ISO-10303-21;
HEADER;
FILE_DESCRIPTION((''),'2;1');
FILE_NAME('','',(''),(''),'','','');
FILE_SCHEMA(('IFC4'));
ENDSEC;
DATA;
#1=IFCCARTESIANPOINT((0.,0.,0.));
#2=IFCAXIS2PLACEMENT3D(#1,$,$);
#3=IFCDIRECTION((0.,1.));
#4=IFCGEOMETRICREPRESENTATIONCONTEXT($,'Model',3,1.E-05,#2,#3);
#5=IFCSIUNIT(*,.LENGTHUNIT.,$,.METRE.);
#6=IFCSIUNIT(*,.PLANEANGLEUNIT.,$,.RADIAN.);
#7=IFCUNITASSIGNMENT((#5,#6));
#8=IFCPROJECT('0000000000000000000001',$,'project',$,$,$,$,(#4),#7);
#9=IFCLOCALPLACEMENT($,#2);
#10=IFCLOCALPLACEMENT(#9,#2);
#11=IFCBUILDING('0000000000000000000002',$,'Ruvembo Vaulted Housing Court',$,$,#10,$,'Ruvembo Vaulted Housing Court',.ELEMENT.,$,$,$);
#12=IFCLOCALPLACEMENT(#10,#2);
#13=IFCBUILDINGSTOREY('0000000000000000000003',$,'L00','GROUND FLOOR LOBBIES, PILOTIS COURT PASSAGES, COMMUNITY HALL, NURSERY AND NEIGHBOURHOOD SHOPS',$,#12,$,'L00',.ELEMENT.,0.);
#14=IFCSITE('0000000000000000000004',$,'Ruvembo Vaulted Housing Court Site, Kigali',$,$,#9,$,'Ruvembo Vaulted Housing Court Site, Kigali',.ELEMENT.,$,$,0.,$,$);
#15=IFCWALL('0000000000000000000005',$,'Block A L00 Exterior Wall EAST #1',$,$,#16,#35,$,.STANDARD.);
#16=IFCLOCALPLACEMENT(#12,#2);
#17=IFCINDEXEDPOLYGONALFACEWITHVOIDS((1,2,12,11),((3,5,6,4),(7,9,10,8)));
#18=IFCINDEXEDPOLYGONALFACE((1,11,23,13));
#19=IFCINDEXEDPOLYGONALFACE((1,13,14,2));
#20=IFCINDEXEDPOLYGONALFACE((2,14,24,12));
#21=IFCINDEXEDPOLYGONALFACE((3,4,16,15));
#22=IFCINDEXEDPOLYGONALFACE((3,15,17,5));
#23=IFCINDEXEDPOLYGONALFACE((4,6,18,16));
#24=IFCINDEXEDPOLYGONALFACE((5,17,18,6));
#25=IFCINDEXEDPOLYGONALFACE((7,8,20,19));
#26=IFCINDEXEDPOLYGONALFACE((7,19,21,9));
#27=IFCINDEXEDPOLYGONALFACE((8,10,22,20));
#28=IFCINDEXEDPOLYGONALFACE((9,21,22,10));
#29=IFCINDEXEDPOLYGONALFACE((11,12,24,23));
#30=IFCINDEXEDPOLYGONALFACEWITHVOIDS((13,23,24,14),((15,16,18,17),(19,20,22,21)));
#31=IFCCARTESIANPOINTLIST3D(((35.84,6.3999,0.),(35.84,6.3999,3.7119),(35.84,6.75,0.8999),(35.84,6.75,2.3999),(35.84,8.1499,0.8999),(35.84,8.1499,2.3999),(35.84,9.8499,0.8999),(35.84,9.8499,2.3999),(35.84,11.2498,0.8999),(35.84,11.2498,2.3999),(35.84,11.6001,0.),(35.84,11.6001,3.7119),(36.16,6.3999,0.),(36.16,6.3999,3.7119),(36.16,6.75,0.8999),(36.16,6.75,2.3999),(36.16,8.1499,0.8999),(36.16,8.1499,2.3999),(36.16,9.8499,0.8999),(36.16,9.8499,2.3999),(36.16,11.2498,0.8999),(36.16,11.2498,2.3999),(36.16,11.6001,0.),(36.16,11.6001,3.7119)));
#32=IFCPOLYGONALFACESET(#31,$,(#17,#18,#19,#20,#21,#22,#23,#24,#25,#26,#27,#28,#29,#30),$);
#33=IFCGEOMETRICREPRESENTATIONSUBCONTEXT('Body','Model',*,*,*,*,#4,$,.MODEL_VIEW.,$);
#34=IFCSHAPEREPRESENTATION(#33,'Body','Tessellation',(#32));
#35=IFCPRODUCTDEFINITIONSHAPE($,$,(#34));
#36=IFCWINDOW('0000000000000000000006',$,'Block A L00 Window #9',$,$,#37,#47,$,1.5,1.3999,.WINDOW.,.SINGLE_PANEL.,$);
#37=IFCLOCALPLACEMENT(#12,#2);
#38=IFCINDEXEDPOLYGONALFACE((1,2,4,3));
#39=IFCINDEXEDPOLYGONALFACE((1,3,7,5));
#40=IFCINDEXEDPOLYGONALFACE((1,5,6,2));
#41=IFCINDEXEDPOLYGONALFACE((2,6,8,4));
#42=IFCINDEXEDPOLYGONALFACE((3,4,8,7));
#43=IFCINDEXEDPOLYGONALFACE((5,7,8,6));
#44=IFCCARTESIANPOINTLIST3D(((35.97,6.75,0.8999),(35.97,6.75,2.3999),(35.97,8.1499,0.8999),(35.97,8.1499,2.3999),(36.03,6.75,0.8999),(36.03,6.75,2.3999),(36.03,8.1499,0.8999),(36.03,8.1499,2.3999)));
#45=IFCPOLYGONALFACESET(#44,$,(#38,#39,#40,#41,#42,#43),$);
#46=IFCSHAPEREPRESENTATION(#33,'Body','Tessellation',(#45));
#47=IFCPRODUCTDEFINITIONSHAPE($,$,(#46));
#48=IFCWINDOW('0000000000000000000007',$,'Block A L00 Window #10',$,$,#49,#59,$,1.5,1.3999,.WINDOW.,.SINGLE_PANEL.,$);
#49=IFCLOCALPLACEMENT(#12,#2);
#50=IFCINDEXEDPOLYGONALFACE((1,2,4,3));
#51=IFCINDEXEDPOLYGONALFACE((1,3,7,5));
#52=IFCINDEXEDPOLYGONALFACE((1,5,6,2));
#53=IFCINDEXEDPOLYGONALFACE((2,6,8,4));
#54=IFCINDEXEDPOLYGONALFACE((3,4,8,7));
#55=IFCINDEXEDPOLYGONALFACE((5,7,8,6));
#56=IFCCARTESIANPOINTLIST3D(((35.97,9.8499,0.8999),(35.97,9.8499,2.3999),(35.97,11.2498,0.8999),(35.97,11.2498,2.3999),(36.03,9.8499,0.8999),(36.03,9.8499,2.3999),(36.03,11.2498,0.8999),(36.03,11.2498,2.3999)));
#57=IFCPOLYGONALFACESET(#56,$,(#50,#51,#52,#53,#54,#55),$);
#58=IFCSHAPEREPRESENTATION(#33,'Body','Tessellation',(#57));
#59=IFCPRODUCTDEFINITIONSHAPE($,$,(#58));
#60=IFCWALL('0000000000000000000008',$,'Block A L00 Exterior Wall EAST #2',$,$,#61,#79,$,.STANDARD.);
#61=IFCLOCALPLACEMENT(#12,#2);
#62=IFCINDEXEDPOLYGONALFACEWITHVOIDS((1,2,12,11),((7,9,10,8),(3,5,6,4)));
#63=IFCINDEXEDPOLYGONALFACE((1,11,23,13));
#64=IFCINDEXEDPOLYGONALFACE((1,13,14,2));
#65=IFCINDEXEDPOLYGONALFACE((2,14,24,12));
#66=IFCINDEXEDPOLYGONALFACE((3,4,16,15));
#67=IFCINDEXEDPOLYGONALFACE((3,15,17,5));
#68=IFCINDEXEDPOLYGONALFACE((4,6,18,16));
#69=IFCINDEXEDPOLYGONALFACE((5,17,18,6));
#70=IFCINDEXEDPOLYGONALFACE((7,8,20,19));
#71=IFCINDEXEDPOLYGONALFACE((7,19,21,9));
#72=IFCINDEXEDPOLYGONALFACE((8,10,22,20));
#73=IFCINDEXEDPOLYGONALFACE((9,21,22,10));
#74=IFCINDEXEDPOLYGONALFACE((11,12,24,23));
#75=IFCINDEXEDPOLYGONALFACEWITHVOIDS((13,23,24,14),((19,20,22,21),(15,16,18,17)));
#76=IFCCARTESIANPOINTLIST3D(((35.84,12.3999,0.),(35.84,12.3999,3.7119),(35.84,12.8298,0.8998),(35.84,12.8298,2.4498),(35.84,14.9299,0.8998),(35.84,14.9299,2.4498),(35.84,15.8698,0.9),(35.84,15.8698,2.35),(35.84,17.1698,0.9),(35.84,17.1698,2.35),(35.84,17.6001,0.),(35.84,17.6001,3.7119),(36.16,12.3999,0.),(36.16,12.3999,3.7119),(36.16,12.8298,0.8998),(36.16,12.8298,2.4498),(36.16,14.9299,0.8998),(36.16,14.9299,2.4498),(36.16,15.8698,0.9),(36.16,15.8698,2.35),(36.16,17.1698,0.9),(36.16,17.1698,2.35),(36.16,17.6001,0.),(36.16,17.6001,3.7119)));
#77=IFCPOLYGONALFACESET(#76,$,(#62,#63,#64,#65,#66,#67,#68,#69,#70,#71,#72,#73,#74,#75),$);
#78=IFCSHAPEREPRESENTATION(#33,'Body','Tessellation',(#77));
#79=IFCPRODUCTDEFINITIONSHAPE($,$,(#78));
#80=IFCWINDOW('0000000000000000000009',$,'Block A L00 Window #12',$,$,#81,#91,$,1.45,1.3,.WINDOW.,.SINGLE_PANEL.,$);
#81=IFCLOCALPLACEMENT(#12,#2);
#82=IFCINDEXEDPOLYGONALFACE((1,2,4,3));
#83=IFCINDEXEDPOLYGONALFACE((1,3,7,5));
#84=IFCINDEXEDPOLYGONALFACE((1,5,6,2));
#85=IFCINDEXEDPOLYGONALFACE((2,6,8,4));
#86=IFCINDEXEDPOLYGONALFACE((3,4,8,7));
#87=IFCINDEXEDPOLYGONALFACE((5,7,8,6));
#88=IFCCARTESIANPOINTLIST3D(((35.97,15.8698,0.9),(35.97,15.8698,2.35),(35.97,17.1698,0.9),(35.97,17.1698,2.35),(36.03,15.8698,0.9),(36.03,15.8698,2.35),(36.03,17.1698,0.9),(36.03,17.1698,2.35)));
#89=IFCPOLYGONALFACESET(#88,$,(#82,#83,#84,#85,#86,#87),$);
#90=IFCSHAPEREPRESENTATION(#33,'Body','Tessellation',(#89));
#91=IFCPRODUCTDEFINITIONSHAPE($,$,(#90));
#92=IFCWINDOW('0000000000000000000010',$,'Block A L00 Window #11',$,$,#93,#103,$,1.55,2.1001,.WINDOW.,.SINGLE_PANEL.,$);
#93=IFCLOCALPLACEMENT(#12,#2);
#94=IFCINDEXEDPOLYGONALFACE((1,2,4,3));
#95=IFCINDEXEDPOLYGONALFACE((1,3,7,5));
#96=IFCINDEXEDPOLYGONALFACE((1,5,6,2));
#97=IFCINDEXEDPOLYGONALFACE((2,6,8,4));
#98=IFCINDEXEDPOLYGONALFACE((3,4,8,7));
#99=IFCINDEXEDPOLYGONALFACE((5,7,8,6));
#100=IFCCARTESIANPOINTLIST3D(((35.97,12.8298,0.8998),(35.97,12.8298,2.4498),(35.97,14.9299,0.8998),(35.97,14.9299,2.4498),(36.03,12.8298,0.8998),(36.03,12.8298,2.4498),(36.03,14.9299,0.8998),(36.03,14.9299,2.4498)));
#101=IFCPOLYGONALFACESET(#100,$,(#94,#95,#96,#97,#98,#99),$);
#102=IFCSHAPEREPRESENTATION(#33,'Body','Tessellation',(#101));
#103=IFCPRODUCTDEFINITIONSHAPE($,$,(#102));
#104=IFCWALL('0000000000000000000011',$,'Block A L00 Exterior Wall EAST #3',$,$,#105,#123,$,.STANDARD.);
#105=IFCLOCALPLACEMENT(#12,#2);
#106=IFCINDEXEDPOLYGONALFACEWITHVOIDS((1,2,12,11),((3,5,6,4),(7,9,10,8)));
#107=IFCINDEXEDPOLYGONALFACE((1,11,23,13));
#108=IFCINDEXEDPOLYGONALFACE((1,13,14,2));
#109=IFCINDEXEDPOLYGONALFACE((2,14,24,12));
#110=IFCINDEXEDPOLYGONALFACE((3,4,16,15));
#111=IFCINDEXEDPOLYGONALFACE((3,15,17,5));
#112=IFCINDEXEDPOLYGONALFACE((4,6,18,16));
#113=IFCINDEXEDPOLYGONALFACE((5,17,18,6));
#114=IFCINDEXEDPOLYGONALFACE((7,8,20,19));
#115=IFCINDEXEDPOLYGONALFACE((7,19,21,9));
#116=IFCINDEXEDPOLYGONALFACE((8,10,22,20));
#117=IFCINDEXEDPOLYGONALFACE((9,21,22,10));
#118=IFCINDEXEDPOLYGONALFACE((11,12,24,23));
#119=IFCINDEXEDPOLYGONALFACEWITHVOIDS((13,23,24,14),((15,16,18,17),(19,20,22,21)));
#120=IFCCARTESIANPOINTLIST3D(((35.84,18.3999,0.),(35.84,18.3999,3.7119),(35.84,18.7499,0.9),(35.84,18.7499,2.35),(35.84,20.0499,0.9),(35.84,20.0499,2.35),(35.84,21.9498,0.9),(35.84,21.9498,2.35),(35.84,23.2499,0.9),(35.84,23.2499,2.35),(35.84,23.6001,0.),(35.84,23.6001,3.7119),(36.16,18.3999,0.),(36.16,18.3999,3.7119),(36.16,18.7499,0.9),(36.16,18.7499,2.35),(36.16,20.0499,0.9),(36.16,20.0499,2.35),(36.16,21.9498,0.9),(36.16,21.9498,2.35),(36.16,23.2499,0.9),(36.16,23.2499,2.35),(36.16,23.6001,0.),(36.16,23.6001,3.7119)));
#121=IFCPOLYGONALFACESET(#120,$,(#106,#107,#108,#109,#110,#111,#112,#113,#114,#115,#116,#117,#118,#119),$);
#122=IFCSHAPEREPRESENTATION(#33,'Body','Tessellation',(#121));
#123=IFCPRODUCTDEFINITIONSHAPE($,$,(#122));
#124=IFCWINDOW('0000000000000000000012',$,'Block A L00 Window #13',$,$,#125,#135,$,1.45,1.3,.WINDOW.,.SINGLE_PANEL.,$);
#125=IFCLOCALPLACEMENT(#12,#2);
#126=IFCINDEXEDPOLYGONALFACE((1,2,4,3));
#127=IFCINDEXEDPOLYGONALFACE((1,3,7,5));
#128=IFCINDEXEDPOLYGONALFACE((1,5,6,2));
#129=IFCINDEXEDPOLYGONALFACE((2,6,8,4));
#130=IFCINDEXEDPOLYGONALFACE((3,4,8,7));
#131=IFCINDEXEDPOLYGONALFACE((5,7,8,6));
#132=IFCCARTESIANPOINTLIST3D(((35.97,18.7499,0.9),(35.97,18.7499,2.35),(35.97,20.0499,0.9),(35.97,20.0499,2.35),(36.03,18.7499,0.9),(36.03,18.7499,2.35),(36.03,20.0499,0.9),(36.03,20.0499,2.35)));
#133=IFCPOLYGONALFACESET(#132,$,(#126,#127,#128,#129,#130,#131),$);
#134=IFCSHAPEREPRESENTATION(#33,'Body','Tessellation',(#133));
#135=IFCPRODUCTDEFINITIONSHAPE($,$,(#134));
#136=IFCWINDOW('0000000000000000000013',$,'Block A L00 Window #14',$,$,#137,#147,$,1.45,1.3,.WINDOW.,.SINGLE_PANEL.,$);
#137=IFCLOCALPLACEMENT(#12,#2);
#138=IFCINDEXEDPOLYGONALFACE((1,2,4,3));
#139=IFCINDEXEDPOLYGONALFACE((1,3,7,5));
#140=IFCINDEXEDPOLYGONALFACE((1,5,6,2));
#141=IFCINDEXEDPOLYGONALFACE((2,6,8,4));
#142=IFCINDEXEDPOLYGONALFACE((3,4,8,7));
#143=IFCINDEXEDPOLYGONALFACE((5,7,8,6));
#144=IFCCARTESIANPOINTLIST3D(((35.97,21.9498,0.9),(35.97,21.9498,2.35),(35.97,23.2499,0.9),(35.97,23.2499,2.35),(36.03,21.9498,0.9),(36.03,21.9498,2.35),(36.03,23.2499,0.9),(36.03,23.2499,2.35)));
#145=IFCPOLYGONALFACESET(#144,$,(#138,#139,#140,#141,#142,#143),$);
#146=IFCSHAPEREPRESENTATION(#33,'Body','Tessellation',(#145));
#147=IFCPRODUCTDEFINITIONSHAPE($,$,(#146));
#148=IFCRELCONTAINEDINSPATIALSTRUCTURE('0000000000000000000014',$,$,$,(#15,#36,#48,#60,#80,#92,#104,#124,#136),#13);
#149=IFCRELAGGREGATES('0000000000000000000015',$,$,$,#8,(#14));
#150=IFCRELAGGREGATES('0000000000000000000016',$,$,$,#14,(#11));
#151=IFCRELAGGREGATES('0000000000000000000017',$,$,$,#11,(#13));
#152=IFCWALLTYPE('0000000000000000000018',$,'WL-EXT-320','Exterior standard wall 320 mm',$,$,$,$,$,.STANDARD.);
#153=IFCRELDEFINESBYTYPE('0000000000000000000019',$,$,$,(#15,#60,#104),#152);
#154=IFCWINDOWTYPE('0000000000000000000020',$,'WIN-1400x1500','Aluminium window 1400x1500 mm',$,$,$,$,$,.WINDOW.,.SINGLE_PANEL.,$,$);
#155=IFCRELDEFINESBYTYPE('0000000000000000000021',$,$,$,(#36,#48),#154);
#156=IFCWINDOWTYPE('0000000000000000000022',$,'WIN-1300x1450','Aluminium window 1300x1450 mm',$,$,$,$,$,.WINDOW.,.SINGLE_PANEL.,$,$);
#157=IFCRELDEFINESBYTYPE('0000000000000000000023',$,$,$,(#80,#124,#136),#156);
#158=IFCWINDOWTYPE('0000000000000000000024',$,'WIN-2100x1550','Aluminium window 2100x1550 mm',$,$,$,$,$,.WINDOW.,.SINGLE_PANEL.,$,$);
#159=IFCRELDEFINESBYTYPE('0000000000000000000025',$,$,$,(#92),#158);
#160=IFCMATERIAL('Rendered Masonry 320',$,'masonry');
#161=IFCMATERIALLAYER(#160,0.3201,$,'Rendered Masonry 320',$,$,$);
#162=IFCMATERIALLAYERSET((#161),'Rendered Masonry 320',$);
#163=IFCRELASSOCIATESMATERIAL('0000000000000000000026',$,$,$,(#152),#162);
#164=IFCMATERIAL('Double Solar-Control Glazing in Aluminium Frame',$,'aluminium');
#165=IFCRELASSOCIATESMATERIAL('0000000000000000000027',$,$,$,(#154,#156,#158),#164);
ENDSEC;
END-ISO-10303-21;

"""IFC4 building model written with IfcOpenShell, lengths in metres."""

from ifc_helpers import new_model, si_unit, direction, frame, frame_2d, origin, place, context, subcontext, project, spatial, rectangle, extrude, material, layer, layer_set, type_object, element, fill, save


model = new_model("IFC4")

# Units and contexts
model_context = context("Model", 3, precision=1e-05, world=origin(), true_north=direction((0.0, 1.0)))
body_context = subcontext(model_context, "Body", "Model", "MODEL_VIEW")
ifc_project = project(units=[si_unit("LENGTHUNIT", "METRE"), si_unit("PLANEANGLEUNIT", "RADIAN")], contexts=[model_context])

# Site, building, storey
site_placement = place(None, origin())
site = spatial("IfcSite", under=ifc_project, at=site_placement, Name="Ruvembo Vaulted Housing Court Site, Kigali", LongName="Ruvembo Vaulted Housing Court Site, Kigali", CompositionType="ELEMENT", RefElevation=0.0)
building_placement = place(site_placement, origin())
building = spatial("IfcBuilding", under=site, at=building_placement, Name="Ruvembo Vaulted Housing Court", LongName="Ruvembo Vaulted Housing Court", CompositionType="ELEMENT")
storey_placement = place(building_placement, origin())
storey = spatial("IfcBuildingStorey", under=building, at=storey_placement, Name="L00", Description="GROUND FLOOR LOBBIES, PILOTIS COURT PASSAGES, COMMUNITY HALL, NURSERY AND NEIGHBOURHOOD SHOPS", LongName="L00", CompositionType="ELEMENT", Elevation=0.0)

# Shared definitions
ifc_material_1 = material(Name="Rendered Masonry 320", Category="masonry")
ifc_layer = layer(ifc_material_1, 0.3201, Name="Rendered Masonry 320")
ifc_layer_set = layer_set([ifc_layer], Name="Rendered Masonry 320")
wall_type = type_object("IfcWallType", Name="WL-EXT-320", Description="Exterior standard wall 320 mm", PredefinedType="STANDARD", material=ifc_layer_set)

# Walls, openings, windows
wall_1_placement = place(storey_placement, frame((36.0, 6.3999, 0.0), z_axis=(0.0, 0.0, 1.0), x_axis=(0.0, 1.0, 0.0)))
wall_1 = element("IfcWall", 1, at=wall_1_placement, inside=storey, type_object=wall_type, Name="Block A L00 Exterior Wall EAST #1", PredefinedType="STANDARD", context=body_context, shape_type="SweptSolid", body=[
    extrude(rectangle(XDim=5.2002, YDim=0.3201, at=frame_2d((2.6001, 0.0))), origin(), (0.0, 0.0, 1.0), 3.7119),
])
opening_1_placement = place(wall_1_placement, frame((0.3501, 0.0, 0.8999)))
opening_1 = element("IfcOpeningElement", 2, at=opening_1_placement, cuts=wall_1, PredefinedType="OPENING", context=body_context, shape_type="SweptSolid", body=[
    extrude(rectangle(XDim=1.3999, YDim=1.5, at=frame_2d((0.7, 0.75))), frame((0.0, 0.1699, 0.0), z_axis=(0.0, -1.0, 0.0), x_axis=(1.0, 0.0, 0.0)), (0.0, 0.0, 1.0), 0.3401),
])
opening_2_placement = place(wall_1_placement, frame((3.45, 0.0, 0.8999)))
opening_2 = element("IfcOpeningElement", 3, at=opening_2_placement, cuts=wall_1, PredefinedType="OPENING", context=body_context, shape_type="SweptSolid", body=[
    extrude(rectangle(XDim=1.3999, YDim=1.5, at=frame_2d((0.7, 0.75))), frame((0.0, 0.1699, 0.0), z_axis=(0.0, -1.0, 0.0), x_axis=(1.0, 0.0, 0.0)), (0.0, 0.0, 1.0), 0.3401),
])
ifc_material_2 = material(Name="Double Solar-Control Glazing in Aluminium Frame", Category="aluminium")
window_type_1 = type_object("IfcWindowType", Name="WIN-1400x1500", Description="Aluminium window 1400x1500 mm", PartitioningType="SINGLE_PANEL", PredefinedType="WINDOW", material=ifc_material_2)
window_1_placement = place(opening_1_placement, origin())
window_1 = element("IfcWindow", 4, at=window_1_placement, inside=storey, type_object=window_type_1, Name="Block A L00 Window #9", OverallHeight=1.5, OverallWidth=1.3999, PartitioningType="SINGLE_PANEL", PredefinedType="WINDOW", context=body_context, shape_type="SweptSolid", body=[
    extrude(rectangle(XDim=1.3999, YDim=1.5, at=frame_2d((0.7, 0.75))), frame((0.0, 0.03, 0.0), z_axis=(0.0, -1.0, 0.0), x_axis=(1.0, 0.0, 0.0)), (0.0, 0.0, 1.0), 0.0601),
])
fill(opening_1, window_1)
window_2_placement = place(opening_2_placement, origin())
window_2 = element("IfcWindow", 5, at=window_2_placement, inside=storey, type_object=window_type_1, Name="Block A L00 Window #10", OverallHeight=1.5, OverallWidth=1.3999, PartitioningType="SINGLE_PANEL", PredefinedType="WINDOW", context=body_context, shape_type="SweptSolid", body=[
    extrude(rectangle(XDim=1.3999, YDim=1.5, at=frame_2d((0.7, 0.75))), frame((0.0, 0.03, 0.0), z_axis=(0.0, -1.0, 0.0), x_axis=(1.0, 0.0, 0.0)), (0.0, 0.0, 1.0), 0.0601),
])
fill(opening_2, window_2)
wall_2_placement = place(storey_placement, frame((36.0, 12.3999, 0.0), z_axis=(0.0, 0.0, 1.0), x_axis=(0.0, 1.0, 0.0)))
wall_2 = element("IfcWall", 6, at=wall_2_placement, inside=storey, type_object=wall_type, Name="Block A L00 Exterior Wall EAST #2", PredefinedType="STANDARD", context=body_context, shape_type="SweptSolid", body=[
    extrude(rectangle(XDim=5.2002, YDim=0.3201, at=frame_2d((2.6001, 0.0))), origin(), (0.0, 0.0, 1.0), 3.7119),
])
opening_3_placement = place(wall_2_placement, frame((0.4299, 0.0, 0.8999)))
opening_3 = element("IfcOpeningElement", 7, at=opening_3_placement, cuts=wall_2, PredefinedType="OPENING", context=body_context, shape_type="SweptSolid", body=[
    extrude(rectangle(XDim=2.1001, YDim=1.55, at=frame_2d((1.05, 0.7749))), frame((0.0, 0.1699, 0.0), z_axis=(0.0, -1.0, 0.0), x_axis=(1.0, 0.0, 0.0)), (0.0, 0.0, 1.0), 0.3401),
])
opening_4_placement = place(wall_2_placement, frame((3.47, 0.0, 0.8999)))
opening_4 = element("IfcOpeningElement", 8, at=opening_4_placement, cuts=wall_2, PredefinedType="OPENING", context=body_context, shape_type="SweptSolid", body=[
    extrude(rectangle(XDim=1.3, YDim=1.45, at=frame_2d((0.6499, 0.7251))), frame((0.0, 0.1699, 0.0), z_axis=(0.0, -1.0, 0.0), x_axis=(1.0, 0.0, 0.0)), (0.0, 0.0, 1.0), 0.3401),
])
window_type_2 = type_object("IfcWindowType", Name="WIN-1300x1450", Description="Aluminium window 1300x1450 mm", PartitioningType="SINGLE_PANEL", PredefinedType="WINDOW", material=ifc_material_2)
window_3_placement = place(opening_4_placement, origin())
window_3 = element("IfcWindow", 9, at=window_3_placement, inside=storey, type_object=window_type_2, Name="Block A L00 Window #12", OverallHeight=1.45, OverallWidth=1.3, PartitioningType="SINGLE_PANEL", PredefinedType="WINDOW", context=body_context, shape_type="SweptSolid", body=[
    extrude(rectangle(XDim=1.3, YDim=1.45, at=frame_2d((0.6499, 0.7251))), frame((0.0, 0.03, 0.0), z_axis=(0.0, -1.0, 0.0), x_axis=(1.0, 0.0, 0.0)), (0.0, 0.0, 1.0), 0.0601),
])
fill(opening_4, window_3)
window_type_3 = type_object("IfcWindowType", Name="WIN-2100x1550", Description="Aluminium window 2100x1550 mm", PartitioningType="SINGLE_PANEL", PredefinedType="WINDOW", material=ifc_material_2)
window_4_placement = place(opening_3_placement, origin())
window_4 = element("IfcWindow", 10, at=window_4_placement, inside=storey, type_object=window_type_3, Name="Block A L00 Window #11", OverallHeight=1.55, OverallWidth=2.1001, PartitioningType="SINGLE_PANEL", PredefinedType="WINDOW", context=body_context, shape_type="SweptSolid", body=[
    extrude(rectangle(XDim=2.1001, YDim=1.55, at=frame_2d((1.05, 0.7749))), frame((0.0, 0.03, 0.0), z_axis=(0.0, -1.0, 0.0), x_axis=(1.0, 0.0, 0.0)), (0.0, 0.0, 1.0), 0.0601),
])
fill(opening_3, window_4)
wall_3_placement = place(storey_placement, frame((36.0, 18.3999, 0.0), z_axis=(0.0, 0.0, 1.0), x_axis=(0.0, 1.0, 0.0)))
wall_3 = element("IfcWall", 11, at=wall_3_placement, inside=storey, type_object=wall_type, Name="Block A L00 Exterior Wall EAST #3", PredefinedType="STANDARD", context=body_context, shape_type="SweptSolid", body=[
    extrude(rectangle(XDim=5.2002, YDim=0.3201, at=frame_2d((2.6001, 0.0))), origin(), (0.0, 0.0, 1.0), 3.7119),
])
opening_5_placement = place(wall_3_placement, frame((0.3501, 0.0, 0.8999)))
opening_5 = element("IfcOpeningElement", 12, at=opening_5_placement, cuts=wall_3, PredefinedType="OPENING", context=body_context, shape_type="SweptSolid", body=[
    extrude(rectangle(XDim=1.3, YDim=1.45, at=frame_2d((0.6499, 0.7251))), frame((0.0, 0.1699, 0.0), z_axis=(0.0, -1.0, 0.0), x_axis=(1.0, 0.0, 0.0)), (0.0, 0.0, 1.0), 0.3401),
])
opening_6_placement = place(wall_3_placement, frame((3.55, 0.0, 0.8999)))
opening_6 = element("IfcOpeningElement", 13, at=opening_6_placement, cuts=wall_3, PredefinedType="OPENING", context=body_context, shape_type="SweptSolid", body=[
    extrude(rectangle(XDim=1.3, YDim=1.45, at=frame_2d((0.6499, 0.7251))), frame((0.0, 0.1699, 0.0), z_axis=(0.0, -1.0, 0.0), x_axis=(1.0, 0.0, 0.0)), (0.0, 0.0, 1.0), 0.3401),
])
window_5_placement = place(opening_5_placement, origin())
window_5 = element("IfcWindow", 14, at=window_5_placement, inside=storey, type_object=window_type_2, Name="Block A L00 Window #13", OverallHeight=1.45, OverallWidth=1.3, PartitioningType="SINGLE_PANEL", PredefinedType="WINDOW", context=body_context, shape_type="SweptSolid", body=[
    extrude(rectangle(XDim=1.3, YDim=1.45, at=frame_2d((0.6499, 0.7251))), frame((0.0, 0.03, 0.0), z_axis=(0.0, -1.0, 0.0), x_axis=(1.0, 0.0, 0.0)), (0.0, 0.0, 1.0), 0.0601),
])
fill(opening_5, window_5)
window_6_placement = place(opening_6_placement, origin())
window_6 = element("IfcWindow", 15, at=window_6_placement, inside=storey, type_object=window_type_2, Name="Block A L00 Window #14", OverallHeight=1.45, OverallWidth=1.3, PartitioningType="SINGLE_PANEL", PredefinedType="WINDOW", context=body_context, shape_type="SweptSolid", body=[
    extrude(rectangle(XDim=1.3, YDim=1.45, at=frame_2d((0.6499, 0.7251))), frame((0.0, 0.03, 0.0), z_axis=(0.0, -1.0, 0.0), x_axis=(1.0, 0.0, 0.0)), (0.0, 0.0, 1.0), 0.0601),
])
fill(opening_6, window_6)

save(model, "model.ifc")
